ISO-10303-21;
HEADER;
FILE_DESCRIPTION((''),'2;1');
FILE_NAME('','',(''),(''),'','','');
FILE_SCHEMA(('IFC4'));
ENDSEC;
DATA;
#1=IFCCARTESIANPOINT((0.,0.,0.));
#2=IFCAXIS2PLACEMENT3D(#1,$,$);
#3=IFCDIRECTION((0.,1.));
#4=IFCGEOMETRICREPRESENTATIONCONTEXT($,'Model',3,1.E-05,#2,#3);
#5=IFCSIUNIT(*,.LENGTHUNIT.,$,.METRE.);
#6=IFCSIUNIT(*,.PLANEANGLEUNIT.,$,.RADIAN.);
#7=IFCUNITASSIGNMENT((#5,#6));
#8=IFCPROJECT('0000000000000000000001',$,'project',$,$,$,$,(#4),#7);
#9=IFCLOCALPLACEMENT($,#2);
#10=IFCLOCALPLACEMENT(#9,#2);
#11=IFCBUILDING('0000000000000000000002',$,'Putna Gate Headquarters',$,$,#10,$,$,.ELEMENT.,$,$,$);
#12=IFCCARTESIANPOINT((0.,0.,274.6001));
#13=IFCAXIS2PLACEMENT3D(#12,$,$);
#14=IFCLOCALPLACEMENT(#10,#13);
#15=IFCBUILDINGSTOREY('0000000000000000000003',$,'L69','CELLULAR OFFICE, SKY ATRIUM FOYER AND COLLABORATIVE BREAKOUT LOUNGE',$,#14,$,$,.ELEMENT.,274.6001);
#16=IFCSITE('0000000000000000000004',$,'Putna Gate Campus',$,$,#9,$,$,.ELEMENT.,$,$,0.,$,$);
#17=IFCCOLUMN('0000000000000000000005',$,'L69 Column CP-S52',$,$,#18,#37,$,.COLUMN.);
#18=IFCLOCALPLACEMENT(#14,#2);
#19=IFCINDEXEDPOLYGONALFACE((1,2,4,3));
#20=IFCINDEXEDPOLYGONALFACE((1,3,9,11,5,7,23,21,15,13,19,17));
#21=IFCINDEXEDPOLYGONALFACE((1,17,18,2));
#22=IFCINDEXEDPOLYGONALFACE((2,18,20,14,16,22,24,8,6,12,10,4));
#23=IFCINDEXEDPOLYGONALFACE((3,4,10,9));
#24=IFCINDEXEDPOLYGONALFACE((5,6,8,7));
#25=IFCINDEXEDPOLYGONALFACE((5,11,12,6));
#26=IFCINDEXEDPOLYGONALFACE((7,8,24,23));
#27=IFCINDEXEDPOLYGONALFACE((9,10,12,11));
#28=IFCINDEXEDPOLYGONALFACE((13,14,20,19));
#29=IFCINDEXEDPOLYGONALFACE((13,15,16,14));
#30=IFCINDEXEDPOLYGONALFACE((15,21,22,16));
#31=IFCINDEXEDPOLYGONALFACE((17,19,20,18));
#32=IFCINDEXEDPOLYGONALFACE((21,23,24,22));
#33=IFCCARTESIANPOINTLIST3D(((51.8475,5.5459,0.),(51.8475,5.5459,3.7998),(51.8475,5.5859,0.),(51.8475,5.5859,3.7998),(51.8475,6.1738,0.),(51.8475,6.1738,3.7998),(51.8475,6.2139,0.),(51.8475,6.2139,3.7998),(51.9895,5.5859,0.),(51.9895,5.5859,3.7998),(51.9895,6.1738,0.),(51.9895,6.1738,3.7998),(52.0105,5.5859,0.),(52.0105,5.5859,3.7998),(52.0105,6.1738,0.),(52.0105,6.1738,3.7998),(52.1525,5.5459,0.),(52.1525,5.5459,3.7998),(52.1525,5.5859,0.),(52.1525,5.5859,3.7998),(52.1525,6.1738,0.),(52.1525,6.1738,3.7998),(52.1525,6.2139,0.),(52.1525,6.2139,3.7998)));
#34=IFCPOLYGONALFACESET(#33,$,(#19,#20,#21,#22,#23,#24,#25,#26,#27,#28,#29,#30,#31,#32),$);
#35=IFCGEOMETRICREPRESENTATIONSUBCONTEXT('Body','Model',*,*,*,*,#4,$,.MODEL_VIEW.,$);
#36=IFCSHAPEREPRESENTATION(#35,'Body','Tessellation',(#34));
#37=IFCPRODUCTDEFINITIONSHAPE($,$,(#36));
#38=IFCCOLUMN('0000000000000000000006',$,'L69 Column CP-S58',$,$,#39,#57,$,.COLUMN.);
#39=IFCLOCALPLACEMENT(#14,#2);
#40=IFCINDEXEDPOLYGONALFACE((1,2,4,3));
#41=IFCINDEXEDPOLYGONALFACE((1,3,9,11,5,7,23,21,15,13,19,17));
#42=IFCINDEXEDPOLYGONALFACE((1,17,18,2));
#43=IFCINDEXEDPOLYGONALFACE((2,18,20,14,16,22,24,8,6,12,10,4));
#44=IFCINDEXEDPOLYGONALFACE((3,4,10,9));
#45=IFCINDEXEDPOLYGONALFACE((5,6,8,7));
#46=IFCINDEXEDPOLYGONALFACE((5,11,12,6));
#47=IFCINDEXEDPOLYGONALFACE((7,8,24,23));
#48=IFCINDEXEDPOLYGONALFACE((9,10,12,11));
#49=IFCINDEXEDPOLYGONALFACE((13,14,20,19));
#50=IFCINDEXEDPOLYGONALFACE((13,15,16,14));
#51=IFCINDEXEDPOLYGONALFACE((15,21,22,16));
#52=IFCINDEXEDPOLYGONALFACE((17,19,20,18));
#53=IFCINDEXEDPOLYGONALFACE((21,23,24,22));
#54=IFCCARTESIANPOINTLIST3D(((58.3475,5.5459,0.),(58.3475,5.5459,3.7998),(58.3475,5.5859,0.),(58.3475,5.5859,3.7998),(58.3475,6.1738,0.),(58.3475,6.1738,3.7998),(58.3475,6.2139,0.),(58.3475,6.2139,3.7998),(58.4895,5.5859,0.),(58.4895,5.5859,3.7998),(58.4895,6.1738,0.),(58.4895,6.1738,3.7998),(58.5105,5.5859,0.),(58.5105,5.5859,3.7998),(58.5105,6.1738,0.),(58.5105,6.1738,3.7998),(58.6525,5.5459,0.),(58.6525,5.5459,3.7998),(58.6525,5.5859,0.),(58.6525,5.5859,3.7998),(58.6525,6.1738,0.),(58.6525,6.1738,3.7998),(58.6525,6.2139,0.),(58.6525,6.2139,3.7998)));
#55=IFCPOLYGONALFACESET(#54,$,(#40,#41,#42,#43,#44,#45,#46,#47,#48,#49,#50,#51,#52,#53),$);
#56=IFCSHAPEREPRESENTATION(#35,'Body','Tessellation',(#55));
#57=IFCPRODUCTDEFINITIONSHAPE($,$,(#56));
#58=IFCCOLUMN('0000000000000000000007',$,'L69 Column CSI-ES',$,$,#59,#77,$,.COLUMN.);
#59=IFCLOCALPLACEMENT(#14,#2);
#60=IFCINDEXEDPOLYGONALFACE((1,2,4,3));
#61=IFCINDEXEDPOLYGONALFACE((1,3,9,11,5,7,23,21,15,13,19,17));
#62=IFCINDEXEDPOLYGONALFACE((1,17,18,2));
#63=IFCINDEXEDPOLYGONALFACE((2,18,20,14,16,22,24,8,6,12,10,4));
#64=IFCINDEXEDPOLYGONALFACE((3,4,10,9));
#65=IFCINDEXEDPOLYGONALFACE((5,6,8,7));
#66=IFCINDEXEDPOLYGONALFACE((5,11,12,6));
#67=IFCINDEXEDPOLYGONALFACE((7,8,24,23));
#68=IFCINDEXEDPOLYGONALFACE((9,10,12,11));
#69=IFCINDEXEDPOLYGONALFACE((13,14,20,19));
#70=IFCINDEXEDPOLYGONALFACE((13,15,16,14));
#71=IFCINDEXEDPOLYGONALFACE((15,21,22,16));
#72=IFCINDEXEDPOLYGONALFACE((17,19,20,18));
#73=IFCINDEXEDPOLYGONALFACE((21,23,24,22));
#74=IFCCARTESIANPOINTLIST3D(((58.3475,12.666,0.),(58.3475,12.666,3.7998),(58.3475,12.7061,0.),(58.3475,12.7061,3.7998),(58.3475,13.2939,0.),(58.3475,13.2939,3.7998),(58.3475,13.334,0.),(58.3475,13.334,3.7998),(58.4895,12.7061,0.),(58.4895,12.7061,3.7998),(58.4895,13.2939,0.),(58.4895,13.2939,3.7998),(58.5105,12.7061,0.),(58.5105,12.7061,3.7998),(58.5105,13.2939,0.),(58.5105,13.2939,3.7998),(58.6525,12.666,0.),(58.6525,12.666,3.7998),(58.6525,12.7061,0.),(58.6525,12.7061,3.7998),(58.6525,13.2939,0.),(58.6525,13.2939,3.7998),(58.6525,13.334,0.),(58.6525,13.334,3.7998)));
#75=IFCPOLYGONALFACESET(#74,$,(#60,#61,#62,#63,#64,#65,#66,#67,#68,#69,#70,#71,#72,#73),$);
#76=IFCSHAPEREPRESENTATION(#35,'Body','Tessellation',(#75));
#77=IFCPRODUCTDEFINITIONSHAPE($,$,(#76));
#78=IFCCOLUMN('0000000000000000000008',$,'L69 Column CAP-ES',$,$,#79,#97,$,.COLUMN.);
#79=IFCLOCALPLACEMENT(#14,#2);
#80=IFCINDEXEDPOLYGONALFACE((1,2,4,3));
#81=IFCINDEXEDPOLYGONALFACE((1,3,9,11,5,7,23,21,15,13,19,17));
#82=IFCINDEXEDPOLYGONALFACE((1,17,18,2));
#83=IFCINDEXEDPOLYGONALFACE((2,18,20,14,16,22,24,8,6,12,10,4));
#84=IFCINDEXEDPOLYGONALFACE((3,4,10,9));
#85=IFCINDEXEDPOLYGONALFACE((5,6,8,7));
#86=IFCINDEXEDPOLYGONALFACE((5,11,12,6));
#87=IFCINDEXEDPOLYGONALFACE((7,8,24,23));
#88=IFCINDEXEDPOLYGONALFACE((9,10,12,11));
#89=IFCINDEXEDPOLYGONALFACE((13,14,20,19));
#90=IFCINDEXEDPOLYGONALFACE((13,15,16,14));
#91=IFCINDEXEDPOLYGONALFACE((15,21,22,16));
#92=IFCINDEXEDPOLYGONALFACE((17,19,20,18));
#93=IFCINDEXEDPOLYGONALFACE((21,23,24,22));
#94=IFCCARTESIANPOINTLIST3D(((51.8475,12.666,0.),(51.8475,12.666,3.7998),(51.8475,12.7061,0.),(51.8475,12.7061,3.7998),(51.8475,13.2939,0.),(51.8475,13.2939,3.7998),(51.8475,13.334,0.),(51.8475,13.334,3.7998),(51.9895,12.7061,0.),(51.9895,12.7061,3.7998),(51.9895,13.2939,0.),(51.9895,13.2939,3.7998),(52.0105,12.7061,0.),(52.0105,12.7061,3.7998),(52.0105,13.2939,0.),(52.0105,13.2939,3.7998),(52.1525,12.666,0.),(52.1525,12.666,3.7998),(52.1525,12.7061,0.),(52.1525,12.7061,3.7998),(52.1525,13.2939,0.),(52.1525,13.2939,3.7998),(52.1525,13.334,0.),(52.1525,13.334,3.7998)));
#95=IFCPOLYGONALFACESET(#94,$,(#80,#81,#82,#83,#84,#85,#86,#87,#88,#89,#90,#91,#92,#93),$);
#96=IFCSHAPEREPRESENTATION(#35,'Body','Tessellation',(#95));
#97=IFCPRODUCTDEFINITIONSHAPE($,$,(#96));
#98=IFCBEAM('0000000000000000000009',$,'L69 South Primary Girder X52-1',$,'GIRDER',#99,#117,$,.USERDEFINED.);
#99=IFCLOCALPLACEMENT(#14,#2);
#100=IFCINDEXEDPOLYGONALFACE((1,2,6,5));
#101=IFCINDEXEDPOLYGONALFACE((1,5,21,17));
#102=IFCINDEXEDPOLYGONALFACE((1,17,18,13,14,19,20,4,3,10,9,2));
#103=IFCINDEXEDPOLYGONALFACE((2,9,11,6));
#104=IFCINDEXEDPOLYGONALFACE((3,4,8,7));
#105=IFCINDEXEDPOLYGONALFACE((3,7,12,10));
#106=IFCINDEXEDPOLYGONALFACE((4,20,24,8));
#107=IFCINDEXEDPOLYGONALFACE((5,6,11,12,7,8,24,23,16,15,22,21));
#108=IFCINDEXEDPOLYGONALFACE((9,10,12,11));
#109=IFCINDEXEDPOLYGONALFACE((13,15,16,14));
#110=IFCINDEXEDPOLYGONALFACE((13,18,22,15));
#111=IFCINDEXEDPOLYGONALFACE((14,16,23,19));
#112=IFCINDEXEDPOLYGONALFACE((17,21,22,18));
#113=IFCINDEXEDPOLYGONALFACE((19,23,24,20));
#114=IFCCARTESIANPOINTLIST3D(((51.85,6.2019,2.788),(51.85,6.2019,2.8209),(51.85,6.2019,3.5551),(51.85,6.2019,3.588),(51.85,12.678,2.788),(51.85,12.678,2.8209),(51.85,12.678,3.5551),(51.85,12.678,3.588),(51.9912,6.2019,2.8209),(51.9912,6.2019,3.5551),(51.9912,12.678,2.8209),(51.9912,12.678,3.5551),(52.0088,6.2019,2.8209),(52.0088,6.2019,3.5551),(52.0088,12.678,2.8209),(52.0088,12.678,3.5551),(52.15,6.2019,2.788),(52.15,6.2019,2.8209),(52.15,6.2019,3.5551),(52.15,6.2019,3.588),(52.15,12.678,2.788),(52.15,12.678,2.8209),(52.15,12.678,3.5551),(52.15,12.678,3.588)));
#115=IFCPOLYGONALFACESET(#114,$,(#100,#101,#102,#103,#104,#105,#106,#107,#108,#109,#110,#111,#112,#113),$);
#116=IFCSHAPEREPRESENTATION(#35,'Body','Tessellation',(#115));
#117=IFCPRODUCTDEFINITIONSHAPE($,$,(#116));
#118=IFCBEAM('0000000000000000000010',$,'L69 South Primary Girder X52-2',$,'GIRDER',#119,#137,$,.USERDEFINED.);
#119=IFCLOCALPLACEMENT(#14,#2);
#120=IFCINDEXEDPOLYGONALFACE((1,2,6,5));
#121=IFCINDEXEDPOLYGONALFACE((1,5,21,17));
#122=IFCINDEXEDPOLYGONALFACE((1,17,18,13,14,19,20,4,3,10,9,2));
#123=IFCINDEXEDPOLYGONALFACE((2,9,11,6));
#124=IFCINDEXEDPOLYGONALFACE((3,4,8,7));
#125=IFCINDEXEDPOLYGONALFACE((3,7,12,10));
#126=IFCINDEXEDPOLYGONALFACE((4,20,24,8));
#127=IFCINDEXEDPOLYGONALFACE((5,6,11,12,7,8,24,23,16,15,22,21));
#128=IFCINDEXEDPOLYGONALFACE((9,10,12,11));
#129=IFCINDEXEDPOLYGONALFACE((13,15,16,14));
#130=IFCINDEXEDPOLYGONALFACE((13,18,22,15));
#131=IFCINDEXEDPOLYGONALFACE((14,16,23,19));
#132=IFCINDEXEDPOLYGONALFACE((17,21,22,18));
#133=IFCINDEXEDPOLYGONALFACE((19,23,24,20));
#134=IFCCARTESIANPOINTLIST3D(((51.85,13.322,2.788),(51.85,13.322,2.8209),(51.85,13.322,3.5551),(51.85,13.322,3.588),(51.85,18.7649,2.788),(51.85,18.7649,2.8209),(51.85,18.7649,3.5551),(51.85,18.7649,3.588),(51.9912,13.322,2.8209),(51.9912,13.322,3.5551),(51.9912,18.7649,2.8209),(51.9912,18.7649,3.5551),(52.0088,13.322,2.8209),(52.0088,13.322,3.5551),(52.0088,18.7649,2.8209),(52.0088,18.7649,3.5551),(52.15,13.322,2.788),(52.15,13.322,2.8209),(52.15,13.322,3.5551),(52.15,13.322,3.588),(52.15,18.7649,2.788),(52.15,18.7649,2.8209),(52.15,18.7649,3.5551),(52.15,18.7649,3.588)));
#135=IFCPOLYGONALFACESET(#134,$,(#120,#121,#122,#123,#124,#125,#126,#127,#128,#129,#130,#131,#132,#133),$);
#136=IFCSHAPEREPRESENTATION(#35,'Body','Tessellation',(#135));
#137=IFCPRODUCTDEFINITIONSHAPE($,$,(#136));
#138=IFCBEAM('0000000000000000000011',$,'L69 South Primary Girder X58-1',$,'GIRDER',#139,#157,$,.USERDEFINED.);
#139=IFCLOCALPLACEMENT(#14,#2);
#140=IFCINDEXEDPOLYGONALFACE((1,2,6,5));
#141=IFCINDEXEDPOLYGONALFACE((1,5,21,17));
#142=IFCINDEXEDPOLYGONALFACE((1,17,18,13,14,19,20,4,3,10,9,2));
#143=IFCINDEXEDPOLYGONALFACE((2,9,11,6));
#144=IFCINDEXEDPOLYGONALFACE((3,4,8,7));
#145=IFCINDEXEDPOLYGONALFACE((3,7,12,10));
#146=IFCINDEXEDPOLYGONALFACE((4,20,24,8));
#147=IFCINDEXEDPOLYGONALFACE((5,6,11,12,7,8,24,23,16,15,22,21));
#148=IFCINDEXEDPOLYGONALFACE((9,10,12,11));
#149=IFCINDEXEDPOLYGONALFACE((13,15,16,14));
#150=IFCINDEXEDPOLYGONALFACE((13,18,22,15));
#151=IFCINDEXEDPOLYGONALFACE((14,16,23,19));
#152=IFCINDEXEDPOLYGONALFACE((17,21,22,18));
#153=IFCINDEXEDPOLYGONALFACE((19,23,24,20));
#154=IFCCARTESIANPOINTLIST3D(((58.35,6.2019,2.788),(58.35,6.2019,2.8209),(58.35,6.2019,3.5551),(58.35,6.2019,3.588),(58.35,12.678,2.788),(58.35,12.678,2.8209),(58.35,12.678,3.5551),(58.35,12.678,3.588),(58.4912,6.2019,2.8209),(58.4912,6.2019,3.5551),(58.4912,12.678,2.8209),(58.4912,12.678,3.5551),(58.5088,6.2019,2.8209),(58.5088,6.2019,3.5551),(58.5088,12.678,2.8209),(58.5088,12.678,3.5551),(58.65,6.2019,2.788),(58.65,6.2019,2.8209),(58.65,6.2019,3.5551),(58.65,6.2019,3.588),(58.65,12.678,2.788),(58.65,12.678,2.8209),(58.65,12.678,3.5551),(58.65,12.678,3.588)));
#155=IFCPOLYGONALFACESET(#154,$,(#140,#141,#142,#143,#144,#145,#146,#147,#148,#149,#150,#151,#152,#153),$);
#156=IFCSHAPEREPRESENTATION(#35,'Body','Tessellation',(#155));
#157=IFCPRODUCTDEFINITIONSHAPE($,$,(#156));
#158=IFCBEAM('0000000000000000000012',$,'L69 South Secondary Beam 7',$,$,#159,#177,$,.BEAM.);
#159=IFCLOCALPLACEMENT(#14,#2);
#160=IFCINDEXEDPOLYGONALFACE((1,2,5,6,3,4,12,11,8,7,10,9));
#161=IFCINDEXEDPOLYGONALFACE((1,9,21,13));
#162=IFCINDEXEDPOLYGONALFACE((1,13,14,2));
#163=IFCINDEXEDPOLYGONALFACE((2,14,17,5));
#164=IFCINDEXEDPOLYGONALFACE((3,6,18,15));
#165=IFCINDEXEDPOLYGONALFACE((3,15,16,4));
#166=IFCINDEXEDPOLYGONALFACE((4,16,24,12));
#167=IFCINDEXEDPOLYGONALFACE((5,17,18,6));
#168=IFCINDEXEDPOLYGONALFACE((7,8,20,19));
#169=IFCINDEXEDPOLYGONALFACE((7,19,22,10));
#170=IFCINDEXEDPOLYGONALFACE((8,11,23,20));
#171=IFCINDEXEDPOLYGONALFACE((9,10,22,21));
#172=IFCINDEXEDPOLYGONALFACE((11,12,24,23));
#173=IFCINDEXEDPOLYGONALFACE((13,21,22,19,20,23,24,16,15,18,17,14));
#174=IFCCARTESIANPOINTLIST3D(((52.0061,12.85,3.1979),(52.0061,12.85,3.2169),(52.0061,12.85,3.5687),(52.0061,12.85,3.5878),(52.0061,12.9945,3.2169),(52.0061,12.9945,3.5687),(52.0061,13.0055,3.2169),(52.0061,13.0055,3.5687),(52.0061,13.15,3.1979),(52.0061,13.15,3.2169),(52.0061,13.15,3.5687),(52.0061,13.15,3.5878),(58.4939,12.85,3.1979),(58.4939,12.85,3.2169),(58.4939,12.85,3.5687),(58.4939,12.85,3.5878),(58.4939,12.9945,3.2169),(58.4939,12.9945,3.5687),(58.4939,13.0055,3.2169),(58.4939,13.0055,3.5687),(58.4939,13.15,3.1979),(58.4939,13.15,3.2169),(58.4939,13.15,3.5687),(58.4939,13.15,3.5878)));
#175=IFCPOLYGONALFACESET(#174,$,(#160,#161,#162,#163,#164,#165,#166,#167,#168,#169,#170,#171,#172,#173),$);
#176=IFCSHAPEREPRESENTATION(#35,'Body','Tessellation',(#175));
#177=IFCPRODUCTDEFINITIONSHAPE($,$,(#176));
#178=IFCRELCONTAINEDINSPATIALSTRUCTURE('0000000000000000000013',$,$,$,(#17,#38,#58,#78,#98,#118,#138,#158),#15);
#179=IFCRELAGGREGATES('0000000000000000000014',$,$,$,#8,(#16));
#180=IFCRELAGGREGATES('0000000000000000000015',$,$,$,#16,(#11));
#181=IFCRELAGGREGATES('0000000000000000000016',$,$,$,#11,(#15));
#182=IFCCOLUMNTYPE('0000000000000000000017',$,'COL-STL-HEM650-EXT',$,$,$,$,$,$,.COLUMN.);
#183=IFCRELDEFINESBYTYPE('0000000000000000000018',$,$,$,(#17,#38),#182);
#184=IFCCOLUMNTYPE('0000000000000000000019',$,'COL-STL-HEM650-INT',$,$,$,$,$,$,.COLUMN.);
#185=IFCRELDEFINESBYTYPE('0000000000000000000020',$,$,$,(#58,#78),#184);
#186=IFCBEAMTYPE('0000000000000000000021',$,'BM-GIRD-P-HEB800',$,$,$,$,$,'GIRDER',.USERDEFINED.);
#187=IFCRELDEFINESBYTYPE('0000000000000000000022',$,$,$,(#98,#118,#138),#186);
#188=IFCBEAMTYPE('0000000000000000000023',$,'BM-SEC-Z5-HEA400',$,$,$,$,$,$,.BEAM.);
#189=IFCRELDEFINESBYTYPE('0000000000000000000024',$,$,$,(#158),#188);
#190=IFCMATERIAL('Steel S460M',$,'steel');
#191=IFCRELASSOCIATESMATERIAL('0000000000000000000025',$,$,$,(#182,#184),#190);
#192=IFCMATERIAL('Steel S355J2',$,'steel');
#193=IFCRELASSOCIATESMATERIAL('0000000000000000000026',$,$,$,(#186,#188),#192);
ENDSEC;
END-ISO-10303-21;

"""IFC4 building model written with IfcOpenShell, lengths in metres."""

from ifc_helpers import new_model, si_unit, direction, frame, origin, origin_2d, place, context, subcontext, project, spatial, i_section, extrude, material, material_profile, profile_set, type_object, element, save


model = new_model("IFC4")

# Units and contexts
model_context = context("Model", 3, precision=1e-05, world=origin(), true_north=direction((0.0, 1.0)))
body_context = subcontext(model_context, "Body", "Model", "MODEL_VIEW")
ifc_project = project(units=[si_unit("LENGTHUNIT", "METRE"), si_unit("PLANEANGLEUNIT", "RADIAN")], contexts=[model_context])

# Site, building, storey
site_placement = place(None, origin())
site = spatial("IfcSite", under=ifc_project, at=site_placement, Name="Putna Gate Campus", CompositionType="ELEMENT", RefElevation=0.0)
building_placement = place(site_placement, origin())
building = spatial("IfcBuilding", under=site, at=building_placement, Name="Putna Gate Headquarters", CompositionType="ELEMENT")
storey_placement = place(building_placement, frame((0.0, 0.0, 274.6001)))
storey = spatial("IfcBuildingStorey", under=building, at=storey_placement, Name="L69", Description="CELLULAR OFFICE, SKY ATRIUM FOYER AND COLLABORATIVE BREAKOUT LOUNGE", CompositionType="ELEMENT", Elevation=274.6001)

# Columns
ifc_material_1 = material(Name="Steel S460M", Category="steel")
ifc_material_profile_1 = material_profile(ifc_material_1, i_section(OverallWidth=0.3049, OverallDepth=0.668, WebThickness=0.021, FlangeThickness=0.04, at=origin_2d()), Name="Steel S460M")
ifc_profile_set_1 = profile_set([ifc_material_profile_1], Name="Steel S460M")
column_type_1 = type_object("IfcColumnType", Name="COL-STL-HEM650-EXT", PredefinedType="COLUMN", material=ifc_profile_set_1)
for number, where, z_axis, x_axis, name in (
    (1, (52.0, 5.8799, 0.0), (0.0, 0.0, 1.0), (1.0, 0.0, 0.0), "L69 Column CP-S52"),
    (2, (58.5, 5.8799, 0.0), (0.0, 0.0, 1.0), (1.0, 0.0, 0.0), "L69 Column CP-S58"),
):
    element("IfcColumn", number, at=place(storey_placement, frame(where, z_axis=z_axis, x_axis=x_axis)), inside=storey, type_object=column_type_1, Name=name, PredefinedType="COLUMN", context=body_context, shape_type="SweptSolid", body=[
        extrude(i_section(OverallWidth=0.3049, OverallDepth=0.668, WebThickness=0.021, FlangeThickness=0.04, at=origin_2d()), origin(), (0.0, 0.0, 1.0), 3.7998),
    ])
ifc_material_profile_2 = material_profile(ifc_material_1, i_section(OverallWidth=0.3049, OverallDepth=0.668, WebThickness=0.021, FlangeThickness=0.04, at=origin_2d()), Name="Steel S460M")
ifc_profile_set_2 = profile_set([ifc_material_profile_2], Name="Steel S460M")
column_type_2 = type_object("IfcColumnType", Name="COL-STL-HEM650-INT", PredefinedType="COLUMN", material=ifc_profile_set_2)
for number, where, z_axis, x_axis, name in (
    (3, (58.5, 13.0, 0.0), (0.0, 0.0, 1.0), (1.0, 0.0, 0.0), "L69 Column CSI-ES"),
    (4, (52.0, 13.0, 0.0), (0.0, 0.0, 1.0), (1.0, 0.0, 0.0), "L69 Column CAP-ES"),
):
    element("IfcColumn", number, at=place(storey_placement, frame(where, z_axis=z_axis, x_axis=x_axis)), inside=storey, type_object=column_type_2, Name=name, PredefinedType="COLUMN", context=body_context, shape_type="SweptSolid", body=[
        extrude(i_section(OverallWidth=0.3049, OverallDepth=0.668, WebThickness=0.021, FlangeThickness=0.04, at=origin_2d()), origin(), (0.0, 0.0, 1.0), 3.7998),
    ])

# Beams
ifc_material_2 = material(Name="Steel S355J2", Category="steel")
ifc_material_profile_3 = material_profile(ifc_material_2, i_section(OverallWidth=0.3, OverallDepth=0.8, WebThickness=0.0176, FlangeThickness=0.033, at=origin_2d()), Name="Steel S355J2")
ifc_profile_set_3 = profile_set([ifc_material_profile_3], Name="Steel S355J2")
beam_type_1 = type_object("IfcBeamType", Name="BM-GIRD-P-HEB800", ElementType="GIRDER", PredefinedType="USERDEFINED", material=ifc_profile_set_3)
beam_1_placement = place(storey_placement, frame((52.0, 6.2019, 3.188), z_axis=(0.0, 1.0, 0.0), x_axis=(-1.0, 0.0, 0.0)))
element("IfcBeam", 5, at=beam_1_placement, inside=storey, type_object=beam_type_1, Name="L69 South Primary Girder X52-1", ObjectType="GIRDER", PredefinedType="USERDEFINED", context=body_context, shape_type="SweptSolid", body=[
    extrude(i_section(OverallWidth=0.3, OverallDepth=0.8, WebThickness=0.0176, FlangeThickness=0.033, at=origin_2d()), origin(), (0.0, 0.0, 1.0), 6.4761),
])
beam_2_placement = place(storey_placement, frame((52.0, 13.322, 3.188), z_axis=(0.0, 1.0, 0.0), x_axis=(-1.0, 0.0, 0.0)))
element("IfcBeam", 6, at=beam_2_placement, inside=storey, type_object=beam_type_1, Name="L69 South Primary Girder X52-2", ObjectType="GIRDER", PredefinedType="USERDEFINED", context=body_context, shape_type="SweptSolid", body=[
    extrude(i_section(OverallWidth=0.3, OverallDepth=0.8, WebThickness=0.0176, FlangeThickness=0.033, at=origin_2d()), origin(), (0.0, 0.0, 1.0), 5.4429),
])
beam_3_placement = place(storey_placement, frame((58.5, 6.2019, 3.188), z_axis=(0.0, 1.0, 0.0), x_axis=(-1.0, 0.0, 0.0)))
element("IfcBeam", 7, at=beam_3_placement, inside=storey, type_object=beam_type_1, Name="L69 South Primary Girder X58-1", ObjectType="GIRDER", PredefinedType="USERDEFINED", context=body_context, shape_type="SweptSolid", body=[
    extrude(i_section(OverallWidth=0.3, OverallDepth=0.8, WebThickness=0.0176, FlangeThickness=0.033, at=origin_2d()), origin(), (0.0, 0.0, 1.0), 6.4761),
])
ifc_material_profile_4 = material_profile(ifc_material_2, i_section(OverallWidth=0.3, OverallDepth=0.3899, WebThickness=0.011, FlangeThickness=0.019, at=origin_2d()), Name="Steel S355J2")
ifc_profile_set_4 = profile_set([ifc_material_profile_4], Name="Steel S355J2")
beam_type_2 = type_object("IfcBeamType", Name="BM-SEC-Z5-HEA400", PredefinedType="BEAM", material=ifc_profile_set_4)
beam_4_placement = place(storey_placement, frame((52.0061, 13.0, 3.3928), z_axis=(1.0, 0.0, 0.0), x_axis=(0.0, 1.0, 0.0)))
element("IfcBeam", 8, at=beam_4_placement, inside=storey, type_object=beam_type_2, Name="L69 South Secondary Beam 7", PredefinedType="BEAM", context=body_context, shape_type="SweptSolid", body=[
    extrude(i_section(OverallWidth=0.3, OverallDepth=0.3899, WebThickness=0.011, FlangeThickness=0.019, at=origin_2d()), origin(), (0.0, 0.0, 1.0), 6.4878),
])

save(model, "model.ifc")
